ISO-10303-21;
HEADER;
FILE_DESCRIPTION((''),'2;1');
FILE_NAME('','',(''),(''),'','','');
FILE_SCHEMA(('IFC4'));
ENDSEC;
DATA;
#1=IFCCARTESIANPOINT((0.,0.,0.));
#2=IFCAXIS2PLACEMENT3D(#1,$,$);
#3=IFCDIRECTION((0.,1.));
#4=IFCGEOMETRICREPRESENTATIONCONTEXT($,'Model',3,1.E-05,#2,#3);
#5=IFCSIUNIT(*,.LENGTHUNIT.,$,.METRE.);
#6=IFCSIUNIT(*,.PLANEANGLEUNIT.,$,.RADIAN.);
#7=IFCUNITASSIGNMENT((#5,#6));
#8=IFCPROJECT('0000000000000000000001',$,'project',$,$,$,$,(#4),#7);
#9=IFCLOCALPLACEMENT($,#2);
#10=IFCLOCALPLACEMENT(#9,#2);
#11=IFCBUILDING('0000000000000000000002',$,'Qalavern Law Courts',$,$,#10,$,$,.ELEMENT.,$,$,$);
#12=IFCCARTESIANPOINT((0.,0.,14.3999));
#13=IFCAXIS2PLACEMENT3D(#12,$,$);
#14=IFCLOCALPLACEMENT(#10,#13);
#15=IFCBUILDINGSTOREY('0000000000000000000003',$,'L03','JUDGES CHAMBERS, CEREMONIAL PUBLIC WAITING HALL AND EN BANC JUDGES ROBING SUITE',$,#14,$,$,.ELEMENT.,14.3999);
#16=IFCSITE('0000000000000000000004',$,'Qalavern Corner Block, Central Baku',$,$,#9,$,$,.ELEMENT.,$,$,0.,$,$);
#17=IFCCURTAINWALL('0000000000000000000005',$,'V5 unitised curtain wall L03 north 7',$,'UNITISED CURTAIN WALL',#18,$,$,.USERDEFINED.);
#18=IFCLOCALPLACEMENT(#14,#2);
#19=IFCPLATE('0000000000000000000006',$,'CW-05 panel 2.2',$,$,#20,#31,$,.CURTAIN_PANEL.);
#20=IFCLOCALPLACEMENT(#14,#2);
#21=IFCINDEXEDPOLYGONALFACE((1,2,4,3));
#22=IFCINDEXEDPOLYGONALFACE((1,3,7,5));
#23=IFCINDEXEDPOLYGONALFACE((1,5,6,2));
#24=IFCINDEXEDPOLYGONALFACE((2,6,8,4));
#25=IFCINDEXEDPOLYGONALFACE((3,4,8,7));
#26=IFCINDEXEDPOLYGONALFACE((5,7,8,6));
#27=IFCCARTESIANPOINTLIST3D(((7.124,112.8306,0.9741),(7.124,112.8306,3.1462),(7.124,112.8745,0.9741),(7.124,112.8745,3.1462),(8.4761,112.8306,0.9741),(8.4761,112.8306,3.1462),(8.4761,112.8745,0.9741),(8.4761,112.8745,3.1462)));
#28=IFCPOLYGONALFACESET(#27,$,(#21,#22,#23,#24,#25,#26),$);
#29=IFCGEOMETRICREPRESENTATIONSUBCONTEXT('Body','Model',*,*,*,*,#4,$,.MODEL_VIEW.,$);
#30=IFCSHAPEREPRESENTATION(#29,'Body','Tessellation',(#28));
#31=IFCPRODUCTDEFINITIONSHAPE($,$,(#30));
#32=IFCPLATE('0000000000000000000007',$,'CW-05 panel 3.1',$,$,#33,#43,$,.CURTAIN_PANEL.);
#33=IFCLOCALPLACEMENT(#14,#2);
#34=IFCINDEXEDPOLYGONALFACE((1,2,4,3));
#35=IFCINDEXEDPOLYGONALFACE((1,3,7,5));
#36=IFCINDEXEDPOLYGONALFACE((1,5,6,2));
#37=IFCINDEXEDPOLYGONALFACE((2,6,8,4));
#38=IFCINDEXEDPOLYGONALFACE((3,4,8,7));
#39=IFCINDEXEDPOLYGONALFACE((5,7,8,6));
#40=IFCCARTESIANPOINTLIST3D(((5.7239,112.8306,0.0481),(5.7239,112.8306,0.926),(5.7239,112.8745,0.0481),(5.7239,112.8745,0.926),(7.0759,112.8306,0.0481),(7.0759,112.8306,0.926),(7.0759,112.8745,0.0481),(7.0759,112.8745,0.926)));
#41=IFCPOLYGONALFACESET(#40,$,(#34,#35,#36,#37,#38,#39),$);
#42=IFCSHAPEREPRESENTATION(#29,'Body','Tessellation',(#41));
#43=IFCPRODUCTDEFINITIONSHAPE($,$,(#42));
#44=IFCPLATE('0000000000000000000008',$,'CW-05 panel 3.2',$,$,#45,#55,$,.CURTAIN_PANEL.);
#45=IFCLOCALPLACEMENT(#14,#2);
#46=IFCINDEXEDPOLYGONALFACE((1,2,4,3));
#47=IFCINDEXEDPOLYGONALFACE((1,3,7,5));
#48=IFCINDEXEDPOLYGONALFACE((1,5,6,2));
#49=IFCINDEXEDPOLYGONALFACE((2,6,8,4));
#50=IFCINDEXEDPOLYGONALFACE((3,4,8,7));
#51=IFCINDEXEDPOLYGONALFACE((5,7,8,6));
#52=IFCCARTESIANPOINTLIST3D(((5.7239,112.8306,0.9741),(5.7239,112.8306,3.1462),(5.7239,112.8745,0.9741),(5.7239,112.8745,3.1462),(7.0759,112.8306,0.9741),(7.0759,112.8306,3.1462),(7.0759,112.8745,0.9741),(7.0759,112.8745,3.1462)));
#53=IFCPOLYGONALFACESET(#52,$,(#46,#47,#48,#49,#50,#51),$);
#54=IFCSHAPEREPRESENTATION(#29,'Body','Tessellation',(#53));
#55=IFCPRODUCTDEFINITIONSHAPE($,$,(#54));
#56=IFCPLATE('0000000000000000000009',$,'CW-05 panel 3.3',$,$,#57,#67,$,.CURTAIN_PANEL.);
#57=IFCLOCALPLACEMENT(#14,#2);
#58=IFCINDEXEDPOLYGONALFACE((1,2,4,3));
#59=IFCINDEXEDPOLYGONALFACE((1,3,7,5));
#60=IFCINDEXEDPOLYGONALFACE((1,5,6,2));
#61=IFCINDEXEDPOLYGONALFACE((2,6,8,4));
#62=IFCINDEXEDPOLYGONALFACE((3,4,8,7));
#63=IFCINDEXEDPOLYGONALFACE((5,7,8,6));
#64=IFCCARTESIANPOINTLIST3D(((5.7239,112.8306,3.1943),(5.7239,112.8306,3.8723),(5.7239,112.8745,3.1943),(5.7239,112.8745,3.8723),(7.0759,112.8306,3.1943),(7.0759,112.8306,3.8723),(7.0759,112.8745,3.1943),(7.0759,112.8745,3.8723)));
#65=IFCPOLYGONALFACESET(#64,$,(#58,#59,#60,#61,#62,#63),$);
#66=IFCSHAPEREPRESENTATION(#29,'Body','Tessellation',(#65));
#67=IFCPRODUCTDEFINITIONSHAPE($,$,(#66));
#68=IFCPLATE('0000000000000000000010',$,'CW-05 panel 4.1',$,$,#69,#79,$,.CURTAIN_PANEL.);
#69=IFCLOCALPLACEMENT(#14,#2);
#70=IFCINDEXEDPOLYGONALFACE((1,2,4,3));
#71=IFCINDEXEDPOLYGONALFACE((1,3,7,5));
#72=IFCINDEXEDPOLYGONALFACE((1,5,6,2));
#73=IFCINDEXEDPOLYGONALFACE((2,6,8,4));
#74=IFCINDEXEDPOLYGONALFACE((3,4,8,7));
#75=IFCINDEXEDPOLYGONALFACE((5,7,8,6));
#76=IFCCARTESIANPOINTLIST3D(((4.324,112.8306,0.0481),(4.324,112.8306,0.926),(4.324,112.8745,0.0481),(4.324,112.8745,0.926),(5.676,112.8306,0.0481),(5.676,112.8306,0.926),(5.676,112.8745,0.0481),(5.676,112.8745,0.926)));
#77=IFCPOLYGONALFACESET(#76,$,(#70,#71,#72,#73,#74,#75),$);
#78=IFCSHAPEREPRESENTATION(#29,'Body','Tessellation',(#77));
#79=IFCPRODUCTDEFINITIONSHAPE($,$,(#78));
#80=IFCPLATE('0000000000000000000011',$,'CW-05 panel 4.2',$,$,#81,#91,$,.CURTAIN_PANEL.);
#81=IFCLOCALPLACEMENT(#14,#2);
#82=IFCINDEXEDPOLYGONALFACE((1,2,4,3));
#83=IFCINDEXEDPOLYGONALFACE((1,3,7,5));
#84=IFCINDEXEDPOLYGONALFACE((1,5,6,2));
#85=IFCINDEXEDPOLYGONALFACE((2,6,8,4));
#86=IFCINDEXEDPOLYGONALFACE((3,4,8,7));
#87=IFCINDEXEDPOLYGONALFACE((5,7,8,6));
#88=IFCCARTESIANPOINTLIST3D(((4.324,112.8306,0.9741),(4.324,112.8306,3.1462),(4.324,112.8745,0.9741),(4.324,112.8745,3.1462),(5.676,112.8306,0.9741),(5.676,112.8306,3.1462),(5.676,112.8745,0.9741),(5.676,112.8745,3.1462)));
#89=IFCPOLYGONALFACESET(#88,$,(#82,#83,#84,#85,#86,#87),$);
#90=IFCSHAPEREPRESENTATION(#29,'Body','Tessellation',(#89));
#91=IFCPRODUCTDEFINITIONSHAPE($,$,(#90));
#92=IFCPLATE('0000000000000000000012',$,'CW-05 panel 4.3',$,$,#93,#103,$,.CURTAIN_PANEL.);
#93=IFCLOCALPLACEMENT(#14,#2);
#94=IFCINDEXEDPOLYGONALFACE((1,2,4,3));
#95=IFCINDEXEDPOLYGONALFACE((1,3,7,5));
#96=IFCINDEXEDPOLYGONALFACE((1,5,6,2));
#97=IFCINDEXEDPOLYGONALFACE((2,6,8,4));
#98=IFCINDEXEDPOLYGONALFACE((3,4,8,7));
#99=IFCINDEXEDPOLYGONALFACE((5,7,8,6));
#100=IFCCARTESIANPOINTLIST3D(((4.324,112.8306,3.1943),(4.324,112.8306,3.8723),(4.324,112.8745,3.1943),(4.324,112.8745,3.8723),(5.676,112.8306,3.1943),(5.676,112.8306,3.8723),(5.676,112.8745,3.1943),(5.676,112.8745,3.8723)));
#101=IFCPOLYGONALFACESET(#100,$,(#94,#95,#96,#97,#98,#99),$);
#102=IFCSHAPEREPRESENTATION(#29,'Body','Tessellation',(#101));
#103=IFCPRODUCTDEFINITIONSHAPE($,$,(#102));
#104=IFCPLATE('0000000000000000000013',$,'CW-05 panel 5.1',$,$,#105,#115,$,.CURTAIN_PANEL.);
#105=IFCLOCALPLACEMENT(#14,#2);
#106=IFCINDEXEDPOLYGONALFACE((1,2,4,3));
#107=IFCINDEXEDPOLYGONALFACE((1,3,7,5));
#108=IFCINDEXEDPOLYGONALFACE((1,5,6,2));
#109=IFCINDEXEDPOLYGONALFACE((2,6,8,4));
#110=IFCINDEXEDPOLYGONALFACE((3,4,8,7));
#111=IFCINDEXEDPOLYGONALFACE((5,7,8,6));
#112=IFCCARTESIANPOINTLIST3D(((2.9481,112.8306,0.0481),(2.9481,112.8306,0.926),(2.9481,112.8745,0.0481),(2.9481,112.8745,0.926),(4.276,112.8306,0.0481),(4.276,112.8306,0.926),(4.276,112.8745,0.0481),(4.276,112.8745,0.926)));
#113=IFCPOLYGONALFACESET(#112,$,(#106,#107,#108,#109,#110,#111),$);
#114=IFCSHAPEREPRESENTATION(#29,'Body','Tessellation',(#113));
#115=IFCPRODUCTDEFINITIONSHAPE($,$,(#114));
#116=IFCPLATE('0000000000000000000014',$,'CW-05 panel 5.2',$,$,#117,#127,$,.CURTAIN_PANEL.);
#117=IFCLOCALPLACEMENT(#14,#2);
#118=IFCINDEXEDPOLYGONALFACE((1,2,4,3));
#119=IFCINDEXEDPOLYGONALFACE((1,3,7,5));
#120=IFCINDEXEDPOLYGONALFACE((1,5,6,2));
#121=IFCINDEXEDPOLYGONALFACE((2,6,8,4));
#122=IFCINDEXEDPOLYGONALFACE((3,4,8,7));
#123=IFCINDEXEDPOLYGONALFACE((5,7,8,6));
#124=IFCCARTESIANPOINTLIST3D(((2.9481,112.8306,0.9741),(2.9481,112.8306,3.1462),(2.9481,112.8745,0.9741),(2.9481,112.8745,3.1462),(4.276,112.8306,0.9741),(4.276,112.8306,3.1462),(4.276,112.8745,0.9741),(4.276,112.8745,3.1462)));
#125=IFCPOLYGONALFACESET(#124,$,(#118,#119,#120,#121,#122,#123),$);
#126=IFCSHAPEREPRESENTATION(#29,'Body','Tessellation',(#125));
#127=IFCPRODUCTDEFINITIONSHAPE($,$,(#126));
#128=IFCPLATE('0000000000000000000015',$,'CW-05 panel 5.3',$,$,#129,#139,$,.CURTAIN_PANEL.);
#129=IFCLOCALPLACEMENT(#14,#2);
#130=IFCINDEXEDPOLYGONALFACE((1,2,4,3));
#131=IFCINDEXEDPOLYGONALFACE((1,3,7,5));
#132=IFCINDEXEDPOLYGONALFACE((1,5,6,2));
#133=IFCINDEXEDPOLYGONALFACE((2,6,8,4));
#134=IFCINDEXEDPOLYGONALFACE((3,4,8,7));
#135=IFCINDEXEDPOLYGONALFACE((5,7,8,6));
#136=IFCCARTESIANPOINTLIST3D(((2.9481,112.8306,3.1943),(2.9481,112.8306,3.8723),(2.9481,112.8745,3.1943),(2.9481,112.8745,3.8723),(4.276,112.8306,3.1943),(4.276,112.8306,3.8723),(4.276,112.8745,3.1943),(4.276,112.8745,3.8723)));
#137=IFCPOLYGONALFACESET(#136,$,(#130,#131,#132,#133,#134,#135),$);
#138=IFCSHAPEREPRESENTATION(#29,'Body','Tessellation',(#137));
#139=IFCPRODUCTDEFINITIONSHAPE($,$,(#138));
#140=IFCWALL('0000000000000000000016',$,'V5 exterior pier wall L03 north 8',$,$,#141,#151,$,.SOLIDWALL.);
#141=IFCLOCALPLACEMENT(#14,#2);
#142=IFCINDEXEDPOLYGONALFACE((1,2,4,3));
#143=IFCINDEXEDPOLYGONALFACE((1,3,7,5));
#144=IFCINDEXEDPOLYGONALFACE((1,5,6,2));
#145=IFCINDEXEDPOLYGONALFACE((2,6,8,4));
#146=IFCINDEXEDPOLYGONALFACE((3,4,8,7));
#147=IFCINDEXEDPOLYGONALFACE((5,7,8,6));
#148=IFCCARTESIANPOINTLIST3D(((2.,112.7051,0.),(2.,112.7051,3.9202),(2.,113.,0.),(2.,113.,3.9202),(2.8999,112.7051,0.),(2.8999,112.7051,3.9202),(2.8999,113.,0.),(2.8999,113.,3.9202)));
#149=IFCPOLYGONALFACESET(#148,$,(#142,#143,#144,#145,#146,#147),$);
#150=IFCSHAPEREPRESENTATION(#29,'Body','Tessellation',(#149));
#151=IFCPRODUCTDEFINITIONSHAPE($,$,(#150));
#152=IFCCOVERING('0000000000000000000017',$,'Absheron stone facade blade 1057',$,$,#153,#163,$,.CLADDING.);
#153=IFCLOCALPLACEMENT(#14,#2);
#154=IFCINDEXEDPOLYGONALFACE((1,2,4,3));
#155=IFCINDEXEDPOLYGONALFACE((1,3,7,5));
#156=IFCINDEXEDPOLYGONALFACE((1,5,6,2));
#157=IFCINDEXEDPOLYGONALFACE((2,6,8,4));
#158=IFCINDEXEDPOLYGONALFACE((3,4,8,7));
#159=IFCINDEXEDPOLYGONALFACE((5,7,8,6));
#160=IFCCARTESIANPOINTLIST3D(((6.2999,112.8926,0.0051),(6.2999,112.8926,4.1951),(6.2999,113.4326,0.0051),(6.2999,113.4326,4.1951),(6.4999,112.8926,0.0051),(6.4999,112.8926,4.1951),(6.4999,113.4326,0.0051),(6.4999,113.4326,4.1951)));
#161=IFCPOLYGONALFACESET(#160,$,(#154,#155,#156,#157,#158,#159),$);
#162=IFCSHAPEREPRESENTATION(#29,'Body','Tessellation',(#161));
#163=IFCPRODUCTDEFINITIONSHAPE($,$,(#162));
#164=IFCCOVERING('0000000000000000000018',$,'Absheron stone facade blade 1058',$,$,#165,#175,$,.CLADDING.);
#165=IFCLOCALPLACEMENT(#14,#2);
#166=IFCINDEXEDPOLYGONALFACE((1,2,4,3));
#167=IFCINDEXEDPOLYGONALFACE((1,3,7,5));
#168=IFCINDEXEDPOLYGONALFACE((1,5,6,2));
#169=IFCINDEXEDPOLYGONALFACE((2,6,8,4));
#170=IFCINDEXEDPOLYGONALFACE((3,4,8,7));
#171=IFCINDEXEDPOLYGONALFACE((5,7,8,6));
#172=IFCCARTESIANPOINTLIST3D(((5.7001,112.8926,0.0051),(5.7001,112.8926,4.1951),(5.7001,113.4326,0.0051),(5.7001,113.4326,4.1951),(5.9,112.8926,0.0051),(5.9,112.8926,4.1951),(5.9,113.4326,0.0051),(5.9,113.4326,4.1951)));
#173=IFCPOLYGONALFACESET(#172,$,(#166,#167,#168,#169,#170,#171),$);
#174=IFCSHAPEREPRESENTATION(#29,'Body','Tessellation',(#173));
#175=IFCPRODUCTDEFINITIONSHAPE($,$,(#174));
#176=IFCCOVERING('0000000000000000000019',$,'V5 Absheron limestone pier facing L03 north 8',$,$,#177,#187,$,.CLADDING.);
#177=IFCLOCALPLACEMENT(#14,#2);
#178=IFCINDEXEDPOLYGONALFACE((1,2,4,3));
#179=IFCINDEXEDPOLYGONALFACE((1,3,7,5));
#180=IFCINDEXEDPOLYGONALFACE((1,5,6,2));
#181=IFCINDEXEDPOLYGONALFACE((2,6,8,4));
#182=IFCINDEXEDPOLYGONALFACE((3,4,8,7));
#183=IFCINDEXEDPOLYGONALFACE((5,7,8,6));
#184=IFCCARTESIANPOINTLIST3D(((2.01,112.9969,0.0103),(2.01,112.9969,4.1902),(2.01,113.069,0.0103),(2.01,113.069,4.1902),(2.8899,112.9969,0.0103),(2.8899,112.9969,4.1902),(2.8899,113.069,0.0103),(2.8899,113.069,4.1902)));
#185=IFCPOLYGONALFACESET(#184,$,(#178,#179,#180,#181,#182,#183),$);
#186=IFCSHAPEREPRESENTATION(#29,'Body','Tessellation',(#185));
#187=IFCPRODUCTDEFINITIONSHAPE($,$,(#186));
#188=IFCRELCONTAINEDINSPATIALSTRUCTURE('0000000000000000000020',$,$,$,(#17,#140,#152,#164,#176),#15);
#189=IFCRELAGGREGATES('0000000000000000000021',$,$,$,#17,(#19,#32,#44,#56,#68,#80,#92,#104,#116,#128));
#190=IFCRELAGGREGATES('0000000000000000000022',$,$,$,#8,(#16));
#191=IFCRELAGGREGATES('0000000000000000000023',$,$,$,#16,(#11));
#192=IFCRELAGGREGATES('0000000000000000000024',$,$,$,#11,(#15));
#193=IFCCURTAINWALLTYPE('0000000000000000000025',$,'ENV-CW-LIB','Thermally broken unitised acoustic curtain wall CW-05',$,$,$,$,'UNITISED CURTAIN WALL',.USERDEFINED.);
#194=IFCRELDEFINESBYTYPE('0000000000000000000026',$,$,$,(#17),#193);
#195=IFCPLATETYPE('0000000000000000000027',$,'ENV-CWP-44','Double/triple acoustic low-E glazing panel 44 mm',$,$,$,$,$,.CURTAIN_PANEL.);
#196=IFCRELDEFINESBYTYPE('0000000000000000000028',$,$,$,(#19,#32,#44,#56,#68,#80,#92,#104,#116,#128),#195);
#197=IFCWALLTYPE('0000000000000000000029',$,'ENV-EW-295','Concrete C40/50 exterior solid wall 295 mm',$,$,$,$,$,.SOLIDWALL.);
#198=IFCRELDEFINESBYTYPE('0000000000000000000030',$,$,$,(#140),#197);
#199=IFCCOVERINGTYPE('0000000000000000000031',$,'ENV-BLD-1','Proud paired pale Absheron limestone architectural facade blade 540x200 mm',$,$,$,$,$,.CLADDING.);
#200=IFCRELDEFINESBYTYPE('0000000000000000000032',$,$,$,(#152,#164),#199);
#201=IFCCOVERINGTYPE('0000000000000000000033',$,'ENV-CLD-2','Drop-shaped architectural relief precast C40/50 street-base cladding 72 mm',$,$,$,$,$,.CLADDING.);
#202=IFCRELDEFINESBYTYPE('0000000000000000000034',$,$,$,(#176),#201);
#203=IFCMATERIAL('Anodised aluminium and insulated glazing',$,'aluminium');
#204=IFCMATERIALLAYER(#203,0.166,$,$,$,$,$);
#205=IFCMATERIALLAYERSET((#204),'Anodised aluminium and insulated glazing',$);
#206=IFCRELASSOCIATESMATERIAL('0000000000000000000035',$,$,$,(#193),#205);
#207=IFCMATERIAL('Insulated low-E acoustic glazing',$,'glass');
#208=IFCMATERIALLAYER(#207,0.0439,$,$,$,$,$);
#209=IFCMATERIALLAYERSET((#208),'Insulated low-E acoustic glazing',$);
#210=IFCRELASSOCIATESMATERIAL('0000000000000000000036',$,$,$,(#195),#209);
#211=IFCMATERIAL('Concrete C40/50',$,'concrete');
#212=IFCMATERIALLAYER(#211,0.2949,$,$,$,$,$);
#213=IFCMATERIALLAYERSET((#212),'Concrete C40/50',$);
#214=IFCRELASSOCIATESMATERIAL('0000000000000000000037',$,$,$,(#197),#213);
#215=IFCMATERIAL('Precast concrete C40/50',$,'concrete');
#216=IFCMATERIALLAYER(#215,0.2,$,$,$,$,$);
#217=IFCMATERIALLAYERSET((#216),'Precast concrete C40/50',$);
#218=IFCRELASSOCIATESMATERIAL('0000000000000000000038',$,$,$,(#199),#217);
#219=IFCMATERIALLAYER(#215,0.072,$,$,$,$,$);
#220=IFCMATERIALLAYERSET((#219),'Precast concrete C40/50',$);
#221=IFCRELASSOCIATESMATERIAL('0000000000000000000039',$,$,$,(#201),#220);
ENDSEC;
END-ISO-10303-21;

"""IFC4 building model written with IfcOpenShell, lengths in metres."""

from ifc_helpers import new_model, si_unit, direction, frame, frame_2d, origin, origin_2d, place, context, subcontext, project, spatial, rectangle, extrude, material, layer, layer_set, type_object, element, aggregate, save


model = new_model("IFC4")

# Units and contexts
model_context = context("Model", 3, precision=1e-05, world=origin(), true_north=direction((0.0, 1.0)))
body_context = subcontext(model_context, "Body", "Model", "MODEL_VIEW")
ifc_project = project(units=[si_unit("LENGTHUNIT", "METRE"), si_unit("PLANEANGLEUNIT", "RADIAN")], contexts=[model_context])

# Site, building, storey
site_placement = place(None, origin())
site = spatial("IfcSite", under=ifc_project, at=site_placement, Name="Qalavern Corner Block, Central Baku", CompositionType="ELEMENT", RefElevation=0.0)
building_placement = place(site_placement, origin())
building = spatial("IfcBuilding", under=site, at=building_placement, Name="Qalavern Law Courts", CompositionType="ELEMENT")
storey_placement = place(building_placement, frame((0.0, 0.0, 14.3999)))
storey = spatial("IfcBuildingStorey", under=building, at=storey_placement, Name="L03", Description="JUDGES CHAMBERS, CEREMONIAL PUBLIC WAITING HALL AND EN BANC JUDGES ROBING SUITE", CompositionType="ELEMENT", Elevation=14.3999)

# Curtain wall
ifc_material_1 = material(Name="Anodised aluminium and insulated glazing", Category="aluminium")
ifc_layer_1 = layer(ifc_material_1, 0.166)
ifc_layer_set_1 = layer_set([ifc_layer_1], Name="Anodised aluminium and insulated glazing")
curtain_wall_type = type_object("IfcCurtainWallType", Name="ENV-CW-LIB", Description="Thermally broken unitised acoustic curtain wall CW-05", ElementType="UNITISED CURTAIN WALL", PredefinedType="USERDEFINED", material=ifc_layer_set_1)
curtain_wall_placement = place(storey_placement, origin())
curtain_wall = element("IfcCurtainWall", 1, at=curtain_wall_placement, inside=storey, type_object=curtain_wall_type, Name="V5 unitised curtain wall L03 north 7", ObjectType="UNITISED CURTAIN WALL", PredefinedType="USERDEFINED")

# Shared definitions
ifc_material_2 = material(Name="Concrete C40/50", Category="concrete")

# Plates
ifc_material_3 = material(Name="Insulated low-E acoustic glazing", Category="glass")
ifc_layer_2 = layer(ifc_material_3, 0.0439)
ifc_layer_set_2 = layer_set([ifc_layer_2], Name="Insulated low-E acoustic glazing")
plate_type = type_object("IfcPlateType", Name="ENV-CWP-44", Description="Double/triple acoustic low-E glazing panel 44 mm", PredefinedType="CURTAIN_PANEL", material=ifc_layer_set_2)
plate_1_placement = place(storey_placement, frame((7.8, 112.8525, 0.9741), z_axis=(0.0, 0.0, 1.0), x_axis=(-1.0, 0.0, 0.0)))
plate_1 = element("IfcPlate", 2, at=plate_1_placement, type_object=plate_type, Name="CW-05 panel 2.2", PredefinedType="CURTAIN_PANEL", context=body_context, shape_type="SweptSolid", body=[
    extrude(rectangle(XDim=1.3521, YDim=0.0439, at=origin_2d()), origin(), (0.0, 0.0, 1.0), 2.1721),
])
plate_2_placement = place(storey_placement, frame((6.3999, 112.8525, 0.0481), z_axis=(0.0, 0.0, 1.0), x_axis=(-1.0, 0.0, 0.0)))
plate_2 = element("IfcPlate", 3, at=plate_2_placement, type_object=plate_type, Name="CW-05 panel 3.1", PredefinedType="CURTAIN_PANEL", context=body_context, shape_type="SweptSolid", body=[
    extrude(rectangle(XDim=1.3521, YDim=0.0439, at=origin_2d()), origin(), (0.0, 0.0, 1.0), 0.8779),
])
plate_3_placement = place(storey_placement, frame((6.3999, 112.8525, 0.9741), z_axis=(0.0, 0.0, 1.0), x_axis=(-1.0, 0.0, 0.0)))
plate_3 = element("IfcPlate", 4, at=plate_3_placement, type_object=plate_type, Name="CW-05 panel 3.2", PredefinedType="CURTAIN_PANEL", context=body_context, shape_type="SweptSolid", body=[
    extrude(rectangle(XDim=1.3521, YDim=0.0439, at=origin_2d()), origin(), (0.0, 0.0, 1.0), 2.1721),
])
plate_4_placement = place(storey_placement, frame((6.3999, 112.8525, 3.1943), z_axis=(0.0, 0.0, 1.0), x_axis=(-1.0, 0.0, 0.0)))
plate_4 = element("IfcPlate", 5, at=plate_4_placement, type_object=plate_type, Name="CW-05 panel 3.3", PredefinedType="CURTAIN_PANEL", context=body_context, shape_type="SweptSolid", body=[
    extrude(rectangle(XDim=1.3521, YDim=0.0439, at=origin_2d()), origin(), (0.0, 0.0, 1.0), 0.678),
])
plate_5_placement = place(storey_placement, frame((5.0, 112.8525, 0.0481), z_axis=(0.0, 0.0, 1.0), x_axis=(-1.0, 0.0, 0.0)))
plate_5 = element("IfcPlate", 6, at=plate_5_placement, type_object=plate_type, Name="CW-05 panel 4.1", PredefinedType="CURTAIN_PANEL", context=body_context, shape_type="SweptSolid", body=[
    extrude(rectangle(XDim=1.3521, YDim=0.0439, at=origin_2d()), origin(), (0.0, 0.0, 1.0), 0.8779),
])
plate_6_placement = place(storey_placement, frame((5.0, 112.8525, 0.9741), z_axis=(0.0, 0.0, 1.0), x_axis=(-1.0, 0.0, 0.0)))
plate_6 = element("IfcPlate", 7, at=plate_6_placement, type_object=plate_type, Name="CW-05 panel 4.2", PredefinedType="CURTAIN_PANEL", context=body_context, shape_type="SweptSolid", body=[
    extrude(rectangle(XDim=1.3521, YDim=0.0439, at=origin_2d()), origin(), (0.0, 0.0, 1.0), 2.1721),
])
plate_7_placement = place(storey_placement, frame((5.0, 112.8525, 3.1943), z_axis=(0.0, 0.0, 1.0), x_axis=(-1.0, 0.0, 0.0)))
plate_7 = element("IfcPlate", 8, at=plate_7_placement, type_object=plate_type, Name="CW-05 panel 4.3", PredefinedType="CURTAIN_PANEL", context=body_context, shape_type="SweptSolid", body=[
    extrude(rectangle(XDim=1.3521, YDim=0.0439, at=origin_2d()), origin(), (0.0, 0.0, 1.0), 0.678),
])
plate_8_placement = place(storey_placement, frame((3.6121, 112.8525, 0.0481), z_axis=(0.0, 0.0, 1.0), x_axis=(-1.0, 0.0, 0.0)))
plate_8 = element("IfcPlate", 9, at=plate_8_placement, type_object=plate_type, Name="CW-05 panel 5.1", PredefinedType="CURTAIN_PANEL", context=body_context, shape_type="SweptSolid", body=[
    extrude(rectangle(XDim=1.3279, YDim=0.0439, at=origin_2d()), origin(), (0.0, 0.0, 1.0), 0.8779),
])
plate_9_placement = place(storey_placement, frame((3.6121, 112.8525, 0.9741), z_axis=(0.0, 0.0, 1.0), x_axis=(-1.0, 0.0, 0.0)))
plate_9 = element("IfcPlate", 10, at=plate_9_placement, type_object=plate_type, Name="CW-05 panel 5.2", PredefinedType="CURTAIN_PANEL", context=body_context, shape_type="SweptSolid", body=[
    extrude(rectangle(XDim=1.3279, YDim=0.0439, at=origin_2d()), origin(), (0.0, 0.0, 1.0), 2.1721),
])
plate_10_placement = place(storey_placement, frame((3.6121, 112.8525, 3.1943), z_axis=(0.0, 0.0, 1.0), x_axis=(-1.0, 0.0, 0.0)))
plate_10 = element("IfcPlate", 11, at=plate_10_placement, type_object=plate_type, Name="CW-05 panel 5.3", PredefinedType="CURTAIN_PANEL", context=body_context, shape_type="SweptSolid", body=[
    extrude(rectangle(XDim=1.3279, YDim=0.0439, at=origin_2d()), origin(), (0.0, 0.0, 1.0), 0.678),
])
aggregate(curtain_wall, [plate_1, plate_2, plate_3, plate_4, plate_5, plate_6, plate_7, plate_8, plate_9, plate_10])

# Wall
ifc_layer_3 = layer(ifc_material_2, 0.2949)
ifc_layer_set_3 = layer_set([ifc_layer_3], Name="Concrete C40/50")
wall_type = type_object("IfcWallType", Name="ENV-EW-295", Description="Concrete C40/50 exterior solid wall 295 mm", PredefinedType="SOLIDWALL", material=ifc_layer_set_3)
wall_placement = place(storey_placement, frame((2.8999, 112.8525, 0.0), z_axis=(0.0, 0.0, 1.0), x_axis=(-1.0, 0.0, 0.0)))
element("IfcWall", 12, at=wall_placement, inside=storey, type_object=wall_type, Name="V5 exterior pier wall L03 north 8", PredefinedType="SOLIDWALL", context=body_context, shape_type="SweptSolid", body=[
    extrude(rectangle(XDim=0.8999, YDim=0.2949, at=frame_2d((0.45, 0.0))), origin(), (0.0, 0.0, 1.0), 3.9202),
])

# Coverings
ifc_material_4 = material(Name="Precast concrete C40/50", Category="concrete")
ifc_layer_4 = layer(ifc_material_4, 0.2)
ifc_layer_set_4 = layer_set([ifc_layer_4], Name="Precast concrete C40/50")
covering_type_1 = type_object("IfcCoveringType", Name="ENV-BLD-1", Description="Proud paired pale Absheron limestone architectural facade blade 540x200 mm", PredefinedType="CLADDING", material=ifc_layer_set_4)
for number, where, z_axis, x_axis, name in (
    (13, (6.3999, 113.1626, 0.0051), (0.0, 0.0, 1.0), (0.0, 1.0, 0.0), "Absheron stone facade blade 1057"),
    (14, (5.8, 113.1626, 0.0051), (0.0, 0.0, 1.0), (0.0, 1.0, 0.0), "Absheron stone facade blade 1058"),
):
    element("IfcCovering", number, at=place(storey_placement, frame(where, z_axis=z_axis, x_axis=x_axis)), inside=storey, type_object=covering_type_1, Name=name, PredefinedType="CLADDING", context=body_context, shape_type="SweptSolid", body=[
        extrude(rectangle(XDim=0.54, YDim=0.2, at=origin_2d()), origin(), (0.0, 0.0, 1.0), 4.1899),
    ])
ifc_layer_5 = layer(ifc_material_4, 0.072)
ifc_layer_set_5 = layer_set([ifc_layer_5], Name="Precast concrete C40/50")
covering_type_2 = type_object("IfcCoveringType", Name="ENV-CLD-2", Description="Drop-shaped architectural relief precast C40/50 street-base cladding 72 mm", PredefinedType="CLADDING", material=ifc_layer_set_5)
covering_placement = place(storey_placement, frame((2.45, 113.033, 0.0103), z_axis=(0.0, 0.0, 1.0), x_axis=(-1.0, 0.0, 0.0)))
element("IfcCovering", 15, at=covering_placement, inside=storey, type_object=covering_type_2, Name="V5 Absheron limestone pier facing L03 north 8", PredefinedType="CLADDING", context=body_context, shape_type="SweptSolid", body=[
    extrude(rectangle(XDim=0.8799, YDim=0.072, at=origin_2d()), origin(), (0.0, 0.0, 1.0), 4.1799),
])

save(model, "model.ifc")
